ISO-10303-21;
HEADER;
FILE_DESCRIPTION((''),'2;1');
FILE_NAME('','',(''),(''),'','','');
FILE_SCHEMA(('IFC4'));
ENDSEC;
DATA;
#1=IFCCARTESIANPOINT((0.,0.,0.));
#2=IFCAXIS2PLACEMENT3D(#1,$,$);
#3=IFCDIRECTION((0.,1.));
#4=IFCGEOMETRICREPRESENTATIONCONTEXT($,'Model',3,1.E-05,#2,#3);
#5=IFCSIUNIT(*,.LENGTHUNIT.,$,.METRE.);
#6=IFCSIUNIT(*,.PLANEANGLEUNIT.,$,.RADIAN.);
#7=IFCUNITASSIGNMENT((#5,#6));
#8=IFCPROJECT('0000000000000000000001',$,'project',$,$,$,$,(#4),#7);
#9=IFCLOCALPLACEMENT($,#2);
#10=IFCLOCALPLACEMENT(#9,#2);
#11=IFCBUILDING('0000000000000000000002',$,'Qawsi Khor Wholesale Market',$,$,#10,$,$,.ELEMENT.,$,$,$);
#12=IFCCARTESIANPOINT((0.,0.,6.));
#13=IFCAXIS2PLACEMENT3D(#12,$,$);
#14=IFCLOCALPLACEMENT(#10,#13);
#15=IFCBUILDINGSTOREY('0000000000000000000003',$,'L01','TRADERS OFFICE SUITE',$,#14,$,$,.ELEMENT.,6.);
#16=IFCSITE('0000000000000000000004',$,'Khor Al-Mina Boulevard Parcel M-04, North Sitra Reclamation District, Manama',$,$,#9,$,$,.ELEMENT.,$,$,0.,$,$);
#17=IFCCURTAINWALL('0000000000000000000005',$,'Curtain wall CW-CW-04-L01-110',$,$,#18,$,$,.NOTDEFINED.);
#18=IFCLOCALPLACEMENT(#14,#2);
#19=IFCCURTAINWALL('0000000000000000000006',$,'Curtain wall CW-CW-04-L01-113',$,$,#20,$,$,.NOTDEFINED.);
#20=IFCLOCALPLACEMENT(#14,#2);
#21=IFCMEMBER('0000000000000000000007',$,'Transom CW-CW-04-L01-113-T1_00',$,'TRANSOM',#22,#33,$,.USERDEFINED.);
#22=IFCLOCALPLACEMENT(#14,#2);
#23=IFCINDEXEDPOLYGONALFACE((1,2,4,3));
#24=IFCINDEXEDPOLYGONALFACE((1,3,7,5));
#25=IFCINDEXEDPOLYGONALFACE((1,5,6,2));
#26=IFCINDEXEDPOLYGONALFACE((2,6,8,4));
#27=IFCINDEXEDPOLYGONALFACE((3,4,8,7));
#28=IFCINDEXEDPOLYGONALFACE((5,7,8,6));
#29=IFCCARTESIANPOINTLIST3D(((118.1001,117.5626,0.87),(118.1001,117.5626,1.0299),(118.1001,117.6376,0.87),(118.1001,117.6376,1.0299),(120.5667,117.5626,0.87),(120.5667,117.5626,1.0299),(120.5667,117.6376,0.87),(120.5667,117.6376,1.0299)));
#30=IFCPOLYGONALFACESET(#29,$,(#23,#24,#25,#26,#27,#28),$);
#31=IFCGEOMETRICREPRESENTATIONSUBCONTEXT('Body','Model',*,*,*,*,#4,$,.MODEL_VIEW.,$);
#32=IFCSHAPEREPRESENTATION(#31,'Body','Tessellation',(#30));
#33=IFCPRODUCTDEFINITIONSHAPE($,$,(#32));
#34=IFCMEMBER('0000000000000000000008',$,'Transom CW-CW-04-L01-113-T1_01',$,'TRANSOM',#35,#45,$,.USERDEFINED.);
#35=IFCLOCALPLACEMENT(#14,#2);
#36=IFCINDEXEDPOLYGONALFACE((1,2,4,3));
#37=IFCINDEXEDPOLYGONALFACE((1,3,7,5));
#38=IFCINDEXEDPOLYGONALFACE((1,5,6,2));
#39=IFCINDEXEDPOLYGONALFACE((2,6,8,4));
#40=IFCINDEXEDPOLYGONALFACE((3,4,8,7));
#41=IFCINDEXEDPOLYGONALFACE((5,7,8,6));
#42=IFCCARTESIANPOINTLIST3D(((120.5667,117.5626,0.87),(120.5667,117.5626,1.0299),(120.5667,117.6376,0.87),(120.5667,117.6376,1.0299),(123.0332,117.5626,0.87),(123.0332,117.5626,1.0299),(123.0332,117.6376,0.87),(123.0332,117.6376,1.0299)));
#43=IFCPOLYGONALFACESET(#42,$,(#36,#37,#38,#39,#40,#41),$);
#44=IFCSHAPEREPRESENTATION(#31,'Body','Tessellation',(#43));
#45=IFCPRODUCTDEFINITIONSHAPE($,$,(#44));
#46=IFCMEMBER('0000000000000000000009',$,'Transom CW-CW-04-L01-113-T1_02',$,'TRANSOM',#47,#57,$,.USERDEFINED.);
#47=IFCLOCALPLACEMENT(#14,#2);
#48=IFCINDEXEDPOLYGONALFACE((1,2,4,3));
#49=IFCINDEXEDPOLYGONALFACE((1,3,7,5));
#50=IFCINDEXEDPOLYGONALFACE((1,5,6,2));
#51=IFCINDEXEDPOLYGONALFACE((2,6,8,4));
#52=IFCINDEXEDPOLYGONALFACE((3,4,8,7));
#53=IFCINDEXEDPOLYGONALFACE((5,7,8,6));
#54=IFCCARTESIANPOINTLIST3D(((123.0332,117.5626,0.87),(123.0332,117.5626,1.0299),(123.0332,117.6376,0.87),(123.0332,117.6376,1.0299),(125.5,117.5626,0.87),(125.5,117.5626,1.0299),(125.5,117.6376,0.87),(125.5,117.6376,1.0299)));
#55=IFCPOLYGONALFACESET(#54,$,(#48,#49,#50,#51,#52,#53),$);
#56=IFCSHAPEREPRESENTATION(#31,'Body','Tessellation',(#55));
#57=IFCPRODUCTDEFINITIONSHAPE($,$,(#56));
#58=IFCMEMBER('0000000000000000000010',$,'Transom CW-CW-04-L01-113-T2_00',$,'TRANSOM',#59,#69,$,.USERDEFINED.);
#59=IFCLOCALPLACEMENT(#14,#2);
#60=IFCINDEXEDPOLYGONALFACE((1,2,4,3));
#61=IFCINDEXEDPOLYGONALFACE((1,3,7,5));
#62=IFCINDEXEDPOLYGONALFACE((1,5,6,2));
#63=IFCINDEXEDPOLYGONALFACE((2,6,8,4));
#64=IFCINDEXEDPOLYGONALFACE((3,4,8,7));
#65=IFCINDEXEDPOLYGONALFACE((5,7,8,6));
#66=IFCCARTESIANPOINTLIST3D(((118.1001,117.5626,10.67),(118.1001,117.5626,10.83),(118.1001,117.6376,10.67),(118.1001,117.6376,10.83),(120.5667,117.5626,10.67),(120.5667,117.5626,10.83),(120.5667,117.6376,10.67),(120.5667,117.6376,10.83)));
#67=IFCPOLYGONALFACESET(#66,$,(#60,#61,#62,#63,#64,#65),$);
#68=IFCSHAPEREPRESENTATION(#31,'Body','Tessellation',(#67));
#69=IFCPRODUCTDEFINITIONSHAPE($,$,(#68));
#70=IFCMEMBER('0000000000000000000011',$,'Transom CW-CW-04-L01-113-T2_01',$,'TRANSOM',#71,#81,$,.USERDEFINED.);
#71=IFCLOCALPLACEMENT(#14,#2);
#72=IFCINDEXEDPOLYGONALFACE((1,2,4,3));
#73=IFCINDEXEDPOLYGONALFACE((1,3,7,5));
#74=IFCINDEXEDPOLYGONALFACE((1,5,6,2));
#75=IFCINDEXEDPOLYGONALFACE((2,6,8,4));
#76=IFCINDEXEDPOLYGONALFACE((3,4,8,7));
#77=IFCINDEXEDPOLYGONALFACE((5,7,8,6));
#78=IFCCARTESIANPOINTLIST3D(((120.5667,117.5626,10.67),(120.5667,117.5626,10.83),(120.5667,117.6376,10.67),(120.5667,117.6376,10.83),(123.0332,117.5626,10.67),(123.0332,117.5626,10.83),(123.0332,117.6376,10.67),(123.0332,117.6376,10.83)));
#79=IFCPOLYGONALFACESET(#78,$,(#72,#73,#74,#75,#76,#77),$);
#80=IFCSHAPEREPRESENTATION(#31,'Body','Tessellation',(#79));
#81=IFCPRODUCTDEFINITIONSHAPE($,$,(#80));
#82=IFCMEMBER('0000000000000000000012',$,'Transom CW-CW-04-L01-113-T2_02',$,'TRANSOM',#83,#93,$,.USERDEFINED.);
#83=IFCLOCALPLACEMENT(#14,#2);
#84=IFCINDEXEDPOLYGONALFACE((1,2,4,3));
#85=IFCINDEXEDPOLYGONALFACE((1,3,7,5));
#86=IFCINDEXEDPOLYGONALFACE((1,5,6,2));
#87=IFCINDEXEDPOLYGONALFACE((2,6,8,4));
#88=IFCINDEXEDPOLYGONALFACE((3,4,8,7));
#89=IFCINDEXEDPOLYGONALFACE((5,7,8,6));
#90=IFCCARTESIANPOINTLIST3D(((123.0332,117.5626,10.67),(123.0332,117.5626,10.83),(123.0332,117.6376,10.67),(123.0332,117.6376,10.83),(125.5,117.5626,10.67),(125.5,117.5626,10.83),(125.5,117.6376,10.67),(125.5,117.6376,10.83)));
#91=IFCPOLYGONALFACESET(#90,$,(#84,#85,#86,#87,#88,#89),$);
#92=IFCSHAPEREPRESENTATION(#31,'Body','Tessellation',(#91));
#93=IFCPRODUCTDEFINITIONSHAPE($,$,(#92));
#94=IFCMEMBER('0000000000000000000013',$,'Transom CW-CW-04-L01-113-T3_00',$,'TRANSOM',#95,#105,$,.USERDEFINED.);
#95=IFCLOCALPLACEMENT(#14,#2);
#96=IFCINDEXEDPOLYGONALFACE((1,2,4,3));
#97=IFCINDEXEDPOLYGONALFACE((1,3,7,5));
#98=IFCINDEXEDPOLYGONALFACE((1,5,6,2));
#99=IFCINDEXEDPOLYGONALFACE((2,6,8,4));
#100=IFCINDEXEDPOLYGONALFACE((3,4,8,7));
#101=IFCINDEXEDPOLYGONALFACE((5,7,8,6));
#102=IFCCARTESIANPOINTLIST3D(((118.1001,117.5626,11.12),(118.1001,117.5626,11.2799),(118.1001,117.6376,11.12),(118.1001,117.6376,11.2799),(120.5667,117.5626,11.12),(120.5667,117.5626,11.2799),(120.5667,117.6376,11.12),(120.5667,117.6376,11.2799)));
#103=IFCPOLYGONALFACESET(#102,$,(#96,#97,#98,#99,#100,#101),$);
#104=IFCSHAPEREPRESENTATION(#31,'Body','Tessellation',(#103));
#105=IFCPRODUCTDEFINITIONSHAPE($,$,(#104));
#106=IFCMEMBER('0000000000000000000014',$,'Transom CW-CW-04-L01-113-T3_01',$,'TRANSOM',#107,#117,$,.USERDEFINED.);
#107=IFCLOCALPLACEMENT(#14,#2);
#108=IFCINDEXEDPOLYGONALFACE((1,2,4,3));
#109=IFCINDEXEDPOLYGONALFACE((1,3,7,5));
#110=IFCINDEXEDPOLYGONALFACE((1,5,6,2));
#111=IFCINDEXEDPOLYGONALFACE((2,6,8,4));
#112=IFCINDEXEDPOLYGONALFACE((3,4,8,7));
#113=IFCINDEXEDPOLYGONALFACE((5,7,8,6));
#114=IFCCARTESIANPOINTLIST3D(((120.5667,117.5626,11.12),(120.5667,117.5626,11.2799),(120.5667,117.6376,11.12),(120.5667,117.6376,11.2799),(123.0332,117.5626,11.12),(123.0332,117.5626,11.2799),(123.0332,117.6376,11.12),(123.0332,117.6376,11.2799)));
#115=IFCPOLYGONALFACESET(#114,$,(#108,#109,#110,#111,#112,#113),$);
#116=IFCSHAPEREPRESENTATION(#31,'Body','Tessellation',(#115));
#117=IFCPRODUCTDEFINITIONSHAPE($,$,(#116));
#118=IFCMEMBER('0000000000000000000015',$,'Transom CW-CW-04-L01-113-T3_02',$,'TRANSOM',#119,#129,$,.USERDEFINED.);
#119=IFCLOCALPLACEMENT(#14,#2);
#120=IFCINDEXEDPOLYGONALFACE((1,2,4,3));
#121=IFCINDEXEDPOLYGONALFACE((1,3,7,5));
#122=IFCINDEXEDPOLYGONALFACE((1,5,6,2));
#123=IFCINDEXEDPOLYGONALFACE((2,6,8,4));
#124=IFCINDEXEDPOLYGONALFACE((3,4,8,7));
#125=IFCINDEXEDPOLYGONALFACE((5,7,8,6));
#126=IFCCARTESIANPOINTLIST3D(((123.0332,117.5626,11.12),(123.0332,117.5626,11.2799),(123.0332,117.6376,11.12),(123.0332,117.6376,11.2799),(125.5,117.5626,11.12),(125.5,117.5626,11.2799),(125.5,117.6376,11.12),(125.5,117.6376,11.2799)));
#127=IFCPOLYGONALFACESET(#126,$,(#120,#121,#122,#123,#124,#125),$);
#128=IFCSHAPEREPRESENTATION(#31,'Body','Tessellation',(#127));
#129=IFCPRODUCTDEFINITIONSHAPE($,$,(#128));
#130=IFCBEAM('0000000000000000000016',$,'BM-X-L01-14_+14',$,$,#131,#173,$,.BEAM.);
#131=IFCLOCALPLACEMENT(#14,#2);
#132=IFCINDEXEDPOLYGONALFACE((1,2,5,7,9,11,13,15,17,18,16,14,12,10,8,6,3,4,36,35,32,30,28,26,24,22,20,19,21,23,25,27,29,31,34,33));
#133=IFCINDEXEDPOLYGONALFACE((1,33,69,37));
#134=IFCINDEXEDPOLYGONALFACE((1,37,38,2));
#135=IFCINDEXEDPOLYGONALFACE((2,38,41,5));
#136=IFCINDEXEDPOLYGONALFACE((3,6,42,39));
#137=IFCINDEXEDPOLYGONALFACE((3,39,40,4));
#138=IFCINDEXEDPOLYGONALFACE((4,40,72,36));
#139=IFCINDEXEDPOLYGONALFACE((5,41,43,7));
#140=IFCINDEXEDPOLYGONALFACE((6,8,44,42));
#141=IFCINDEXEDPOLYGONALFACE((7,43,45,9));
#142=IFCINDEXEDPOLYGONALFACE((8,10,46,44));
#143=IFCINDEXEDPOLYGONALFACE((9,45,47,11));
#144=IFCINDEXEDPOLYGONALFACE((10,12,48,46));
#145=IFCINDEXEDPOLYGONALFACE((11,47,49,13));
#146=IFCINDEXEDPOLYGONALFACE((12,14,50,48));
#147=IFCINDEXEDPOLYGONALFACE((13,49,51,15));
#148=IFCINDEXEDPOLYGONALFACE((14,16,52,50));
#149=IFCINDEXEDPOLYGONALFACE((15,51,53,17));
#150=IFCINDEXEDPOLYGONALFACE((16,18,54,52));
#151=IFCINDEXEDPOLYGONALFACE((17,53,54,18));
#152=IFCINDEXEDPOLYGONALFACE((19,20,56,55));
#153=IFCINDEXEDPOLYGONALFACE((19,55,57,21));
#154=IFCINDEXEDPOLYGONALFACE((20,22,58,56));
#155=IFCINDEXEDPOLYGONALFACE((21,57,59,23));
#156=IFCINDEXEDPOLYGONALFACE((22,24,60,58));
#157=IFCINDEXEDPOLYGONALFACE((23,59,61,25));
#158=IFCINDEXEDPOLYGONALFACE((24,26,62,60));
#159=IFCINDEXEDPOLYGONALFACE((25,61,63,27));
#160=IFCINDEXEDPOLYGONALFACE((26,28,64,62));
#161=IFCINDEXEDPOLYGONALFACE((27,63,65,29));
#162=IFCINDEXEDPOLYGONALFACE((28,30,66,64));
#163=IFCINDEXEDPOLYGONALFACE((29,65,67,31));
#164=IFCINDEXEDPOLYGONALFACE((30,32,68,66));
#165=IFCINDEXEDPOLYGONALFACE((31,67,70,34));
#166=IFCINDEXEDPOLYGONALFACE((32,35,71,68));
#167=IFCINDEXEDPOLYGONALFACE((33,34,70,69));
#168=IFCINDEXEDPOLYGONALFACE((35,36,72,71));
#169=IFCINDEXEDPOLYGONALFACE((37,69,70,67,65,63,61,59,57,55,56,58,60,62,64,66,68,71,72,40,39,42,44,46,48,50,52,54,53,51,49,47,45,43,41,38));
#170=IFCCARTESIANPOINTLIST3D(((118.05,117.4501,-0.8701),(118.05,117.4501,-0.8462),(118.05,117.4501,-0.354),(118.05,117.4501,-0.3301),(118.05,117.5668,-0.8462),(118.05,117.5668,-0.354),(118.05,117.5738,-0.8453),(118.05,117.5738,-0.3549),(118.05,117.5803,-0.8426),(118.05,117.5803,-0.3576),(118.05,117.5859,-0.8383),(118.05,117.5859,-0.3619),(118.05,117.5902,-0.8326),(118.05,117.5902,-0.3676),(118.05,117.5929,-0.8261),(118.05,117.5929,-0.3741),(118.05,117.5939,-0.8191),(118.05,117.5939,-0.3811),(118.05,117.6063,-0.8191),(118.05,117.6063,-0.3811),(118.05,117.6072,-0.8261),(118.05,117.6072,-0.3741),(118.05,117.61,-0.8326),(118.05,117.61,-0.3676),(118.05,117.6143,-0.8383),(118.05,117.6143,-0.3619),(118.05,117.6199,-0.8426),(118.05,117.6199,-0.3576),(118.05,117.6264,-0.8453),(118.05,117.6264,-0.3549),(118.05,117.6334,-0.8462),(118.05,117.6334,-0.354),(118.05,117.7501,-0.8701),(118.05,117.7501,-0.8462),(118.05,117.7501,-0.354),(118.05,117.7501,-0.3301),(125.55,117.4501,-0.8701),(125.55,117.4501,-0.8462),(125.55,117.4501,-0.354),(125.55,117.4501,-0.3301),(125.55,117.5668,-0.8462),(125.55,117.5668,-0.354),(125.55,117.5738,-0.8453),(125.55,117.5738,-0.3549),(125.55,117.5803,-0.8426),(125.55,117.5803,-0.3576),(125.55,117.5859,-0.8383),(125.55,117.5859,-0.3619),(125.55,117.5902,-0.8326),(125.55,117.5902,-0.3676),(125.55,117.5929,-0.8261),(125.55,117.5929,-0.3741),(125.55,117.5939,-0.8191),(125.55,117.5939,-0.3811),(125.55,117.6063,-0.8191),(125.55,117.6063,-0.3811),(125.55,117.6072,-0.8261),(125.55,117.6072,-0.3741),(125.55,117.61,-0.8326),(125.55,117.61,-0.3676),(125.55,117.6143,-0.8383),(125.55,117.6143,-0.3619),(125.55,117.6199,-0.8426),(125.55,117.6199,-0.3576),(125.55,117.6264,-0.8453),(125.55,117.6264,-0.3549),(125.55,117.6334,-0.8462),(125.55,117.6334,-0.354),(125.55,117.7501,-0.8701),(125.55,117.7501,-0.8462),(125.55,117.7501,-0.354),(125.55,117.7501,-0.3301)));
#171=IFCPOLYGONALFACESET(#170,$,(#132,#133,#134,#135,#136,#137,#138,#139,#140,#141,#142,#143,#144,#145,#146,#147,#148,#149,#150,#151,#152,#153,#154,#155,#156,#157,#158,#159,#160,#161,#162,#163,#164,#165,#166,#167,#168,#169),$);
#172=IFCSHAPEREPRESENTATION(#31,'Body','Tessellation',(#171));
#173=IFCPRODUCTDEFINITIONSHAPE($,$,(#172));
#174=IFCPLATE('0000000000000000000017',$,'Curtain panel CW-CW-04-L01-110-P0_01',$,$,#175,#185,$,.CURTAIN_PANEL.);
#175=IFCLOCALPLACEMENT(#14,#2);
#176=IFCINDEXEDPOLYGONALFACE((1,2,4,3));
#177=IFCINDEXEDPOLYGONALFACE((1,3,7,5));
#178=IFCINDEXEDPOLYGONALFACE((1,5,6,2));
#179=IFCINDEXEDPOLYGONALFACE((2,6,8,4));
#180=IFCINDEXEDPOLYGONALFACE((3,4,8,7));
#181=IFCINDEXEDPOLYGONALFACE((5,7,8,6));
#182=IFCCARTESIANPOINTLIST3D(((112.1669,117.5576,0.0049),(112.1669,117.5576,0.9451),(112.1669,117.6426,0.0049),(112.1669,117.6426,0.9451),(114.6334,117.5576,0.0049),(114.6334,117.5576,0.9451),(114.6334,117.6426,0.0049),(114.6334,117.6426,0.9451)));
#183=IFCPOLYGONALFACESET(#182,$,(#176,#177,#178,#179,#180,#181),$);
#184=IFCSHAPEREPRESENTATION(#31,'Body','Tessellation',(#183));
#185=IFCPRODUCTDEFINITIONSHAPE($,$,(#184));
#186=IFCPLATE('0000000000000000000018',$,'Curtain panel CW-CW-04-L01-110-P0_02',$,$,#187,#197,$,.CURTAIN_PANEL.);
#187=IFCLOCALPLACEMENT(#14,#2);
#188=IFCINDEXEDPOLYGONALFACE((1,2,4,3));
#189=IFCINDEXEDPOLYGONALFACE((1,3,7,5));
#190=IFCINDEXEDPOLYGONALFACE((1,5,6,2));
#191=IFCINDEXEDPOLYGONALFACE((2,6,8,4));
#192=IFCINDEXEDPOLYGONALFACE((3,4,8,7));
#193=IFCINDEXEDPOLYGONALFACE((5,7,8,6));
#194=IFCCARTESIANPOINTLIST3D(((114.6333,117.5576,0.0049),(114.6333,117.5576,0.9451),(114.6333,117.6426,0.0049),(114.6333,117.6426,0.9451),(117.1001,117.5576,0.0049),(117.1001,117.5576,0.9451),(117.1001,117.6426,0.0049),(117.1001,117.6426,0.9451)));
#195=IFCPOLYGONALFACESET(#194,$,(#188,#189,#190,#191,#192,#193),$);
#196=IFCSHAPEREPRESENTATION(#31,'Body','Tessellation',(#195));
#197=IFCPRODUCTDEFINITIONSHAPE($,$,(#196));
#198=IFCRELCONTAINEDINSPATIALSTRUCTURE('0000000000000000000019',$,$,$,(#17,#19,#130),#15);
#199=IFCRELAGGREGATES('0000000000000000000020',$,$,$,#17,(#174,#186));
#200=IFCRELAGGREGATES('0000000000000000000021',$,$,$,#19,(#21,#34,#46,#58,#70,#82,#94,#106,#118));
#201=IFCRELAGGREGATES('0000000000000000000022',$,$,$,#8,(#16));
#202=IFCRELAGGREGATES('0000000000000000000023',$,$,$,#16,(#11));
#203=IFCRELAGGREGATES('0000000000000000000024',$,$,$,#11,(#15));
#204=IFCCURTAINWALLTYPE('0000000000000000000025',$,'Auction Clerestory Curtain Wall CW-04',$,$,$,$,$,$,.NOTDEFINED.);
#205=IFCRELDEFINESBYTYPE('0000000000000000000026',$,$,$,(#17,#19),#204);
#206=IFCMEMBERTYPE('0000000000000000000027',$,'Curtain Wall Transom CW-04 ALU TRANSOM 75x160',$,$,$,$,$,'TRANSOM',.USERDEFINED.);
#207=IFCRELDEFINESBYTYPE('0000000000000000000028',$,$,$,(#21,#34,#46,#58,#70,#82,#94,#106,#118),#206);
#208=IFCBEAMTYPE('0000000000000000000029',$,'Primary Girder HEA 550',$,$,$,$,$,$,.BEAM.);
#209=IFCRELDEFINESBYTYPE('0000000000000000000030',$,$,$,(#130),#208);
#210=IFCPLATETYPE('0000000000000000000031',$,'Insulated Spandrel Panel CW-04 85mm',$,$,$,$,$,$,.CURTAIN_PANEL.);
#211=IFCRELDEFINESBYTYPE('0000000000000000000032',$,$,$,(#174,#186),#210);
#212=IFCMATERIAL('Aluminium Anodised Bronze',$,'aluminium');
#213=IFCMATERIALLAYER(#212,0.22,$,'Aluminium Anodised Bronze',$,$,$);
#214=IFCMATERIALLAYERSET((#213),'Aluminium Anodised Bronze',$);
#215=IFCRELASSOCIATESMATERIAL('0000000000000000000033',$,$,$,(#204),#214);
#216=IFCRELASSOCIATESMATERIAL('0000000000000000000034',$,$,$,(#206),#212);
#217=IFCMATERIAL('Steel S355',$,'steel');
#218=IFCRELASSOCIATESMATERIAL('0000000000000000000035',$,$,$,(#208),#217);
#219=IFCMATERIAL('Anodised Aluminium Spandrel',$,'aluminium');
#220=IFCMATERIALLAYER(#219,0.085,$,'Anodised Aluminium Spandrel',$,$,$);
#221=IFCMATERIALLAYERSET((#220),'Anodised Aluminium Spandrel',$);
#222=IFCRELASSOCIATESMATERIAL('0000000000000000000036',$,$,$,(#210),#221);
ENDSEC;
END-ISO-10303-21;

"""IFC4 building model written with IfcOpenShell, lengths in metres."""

from ifc_helpers import new_model, si_unit, direction, frame, frame_2d, origin, origin_2d, place, context, subcontext, project, spatial, rectangle, i_section, extrude, material, layer, layer_set, material_profile, profile_set, type_object, element, aggregate, save


model = new_model("IFC4")

# Units and contexts
model_context = context("Model", 3, precision=1e-05, world=origin(), true_north=direction((0.0, 1.0)))
body_context = subcontext(model_context, "Body", "Model", "MODEL_VIEW")
ifc_project = project(units=[si_unit("LENGTHUNIT", "METRE"), si_unit("PLANEANGLEUNIT", "RADIAN")], contexts=[model_context])

# Site, building, storey
site_placement = place(None, origin())
site = spatial("IfcSite", under=ifc_project, at=site_placement, Name="Khor Al-Mina Boulevard Parcel M-04, North Sitra Reclamation District, Manama", CompositionType="ELEMENT", RefElevation=0.0)
building_placement = place(site_placement, origin())
building = spatial("IfcBuilding", under=site, at=building_placement, Name="Qawsi Khor Wholesale Market", CompositionType="ELEMENT")
storey_placement = place(building_placement, frame((0.0, 0.0, 6.0)))
storey = spatial("IfcBuildingStorey", under=building, at=storey_placement, Name="L01", Description="TRADERS OFFICE SUITE", CompositionType="ELEMENT", Elevation=6.0)

# Curtain walls
ifc_material_1 = material(Name="Aluminium Anodised Bronze", Category="aluminium")
ifc_layer_1 = layer(ifc_material_1, 0.22, Name="Aluminium Anodised Bronze")
ifc_layer_set_1 = layer_set([ifc_layer_1], Name="Aluminium Anodised Bronze")
curtain_wall_type = type_object("IfcCurtainWallType", Name="Auction Clerestory Curtain Wall CW-04", PredefinedType="NOTDEFINED", material=ifc_layer_set_1)
curtain_wall_1_placement = place(storey_placement, origin())
curtain_wall_1 = element("IfcCurtainWall", 1, at=curtain_wall_1_placement, inside=storey, type_object=curtain_wall_type, Name="Curtain wall CW-CW-04-L01-110", PredefinedType="NOTDEFINED")
curtain_wall_2_placement = place(storey_placement, origin())
curtain_wall_2 = element("IfcCurtainWall", 2, at=curtain_wall_2_placement, inside=storey, type_object=curtain_wall_type, Name="Curtain wall CW-CW-04-L01-113", PredefinedType="NOTDEFINED")

# Members
ifc_material_profile_1 = material_profile(ifc_material_1, rectangle(XDim=0.075, YDim=0.1599, at=origin_2d()), Name="ALU TRANSOM 75x160")
ifc_profile_set_1 = profile_set([ifc_material_profile_1], Name="Aluminium Anodised Bronze")
member_type_1 = type_object("IfcMemberType", Name="Curtain Wall Transom CW-04 ALU TRANSOM 75x160", ElementType="TRANSOM", PredefinedType="USERDEFINED", material=ifc_profile_set_1)
member_1_placement = place(storey_placement, frame((118.1001, 117.6001, 0.95), z_axis=(1.0, 0.0, 0.0), x_axis=(0.0, 1.0, 0.0)))
member_1 = element("IfcMember", 3, at=member_1_placement, type_object=member_type_1, Name="Transom CW-CW-04-L01-113-T1_00", ObjectType="TRANSOM", PredefinedType="USERDEFINED", context=body_context, shape_type="SweptSolid", body=[
    extrude(rectangle(XDim=0.075, YDim=0.1599, at=origin_2d()), origin(), (0.0, 0.0, 1.0), 2.4666),
])
member_2_placement = place(storey_placement, frame((120.5667, 117.6001, 0.95), z_axis=(1.0, 0.0, 0.0), x_axis=(0.0, 1.0, 0.0)))
member_2 = element("IfcMember", 4, at=member_2_placement, type_object=member_type_1, Name="Transom CW-CW-04-L01-113-T1_01", ObjectType="TRANSOM", PredefinedType="USERDEFINED", context=body_context, shape_type="SweptSolid", body=[
    extrude(rectangle(XDim=0.075, YDim=0.1599, at=origin_2d()), origin(), (0.0, 0.0, 1.0), 2.4666),
])
member_3_placement = place(storey_placement, frame((123.0332, 117.6001, 0.95), z_axis=(1.0, 0.0, 0.0), x_axis=(0.0, 1.0, 0.0)))
member_3 = element("IfcMember", 5, at=member_3_placement, type_object=member_type_1, Name="Transom CW-CW-04-L01-113-T1_02", ObjectType="TRANSOM", PredefinedType="USERDEFINED", context=body_context, shape_type="SweptSolid", body=[
    extrude(rectangle(XDim=0.075, YDim=0.1599, at=origin_2d()), origin(), (0.0, 0.0, 1.0), 2.4668),
])
member_4_placement = place(storey_placement, frame((118.1001, 117.6001, 10.75), z_axis=(1.0, 0.0, 0.0), x_axis=(0.0, 1.0, 0.0)))
member_4 = element("IfcMember", 6, at=member_4_placement, type_object=member_type_1, Name="Transom CW-CW-04-L01-113-T2_00", ObjectType="TRANSOM", PredefinedType="USERDEFINED", context=body_context, shape_type="SweptSolid", body=[
    extrude(rectangle(XDim=0.075, YDim=0.1599, at=origin_2d()), origin(), (0.0, 0.0, 1.0), 2.4666),
])
member_5_placement = place(storey_placement, frame((120.5667, 117.6001, 10.75), z_axis=(1.0, 0.0, 0.0), x_axis=(0.0, 1.0, 0.0)))
member_5 = element("IfcMember", 7, at=member_5_placement, type_object=member_type_1, Name="Transom CW-CW-04-L01-113-T2_01", ObjectType="TRANSOM", PredefinedType="USERDEFINED", context=body_context, shape_type="SweptSolid", body=[
    extrude(rectangle(XDim=0.075, YDim=0.1599, at=origin_2d()), origin(), (0.0, 0.0, 1.0), 2.4666),
])
member_6_placement = place(storey_placement, frame((123.0332, 117.6001, 10.75), z_axis=(1.0, 0.0, 0.0), x_axis=(0.0, 1.0, 0.0)))
member_6 = element("IfcMember", 8, at=member_6_placement, type_object=member_type_1, Name="Transom CW-CW-04-L01-113-T2_02", ObjectType="TRANSOM", PredefinedType="USERDEFINED", context=body_context, shape_type="SweptSolid", body=[
    extrude(rectangle(XDim=0.075, YDim=0.1599, at=origin_2d()), origin(), (0.0, 0.0, 1.0), 2.4668),
])
member_7_placement = place(storey_placement, frame((118.1001, 117.6001, 11.2), z_axis=(1.0, 0.0, 0.0), x_axis=(0.0, 1.0, 0.0)))
member_7 = element("IfcMember", 9, at=member_7_placement, type_object=member_type_1, Name="Transom CW-CW-04-L01-113-T3_00", ObjectType="TRANSOM", PredefinedType="USERDEFINED", context=body_context, shape_type="SweptSolid", body=[
    extrude(rectangle(XDim=0.075, YDim=0.1599, at=origin_2d()), origin(), (0.0, 0.0, 1.0), 2.4666),
])
member_8_placement = place(storey_placement, frame((120.5667, 117.6001, 11.2), z_axis=(1.0, 0.0, 0.0), x_axis=(0.0, 1.0, 0.0)))
member_8 = element("IfcMember", 10, at=member_8_placement, type_object=member_type_1, Name="Transom CW-CW-04-L01-113-T3_01", ObjectType="TRANSOM", PredefinedType="USERDEFINED", context=body_context, shape_type="SweptSolid", body=[
    extrude(rectangle(XDim=0.075, YDim=0.1599, at=origin_2d()), origin(), (0.0, 0.0, 1.0), 2.4666),
])
member_9_placement = place(storey_placement, frame((123.0332, 117.6001, 11.2), z_axis=(1.0, 0.0, 0.0), x_axis=(0.0, 1.0, 0.0)))
member_9 = element("IfcMember", 11, at=member_9_placement, type_object=member_type_1, Name="Transom CW-CW-04-L01-113-T3_02", ObjectType="TRANSOM", PredefinedType="USERDEFINED", context=body_context, shape_type="SweptSolid", body=[
    extrude(rectangle(XDim=0.075, YDim=0.1599, at=origin_2d()), origin(), (0.0, 0.0, 1.0), 2.4668),
])

# Beam
ifc_material_2 = material(Name="Steel S355", Category="steel")
ifc_material_profile_2 = material_profile(ifc_material_2, i_section(OverallWidth=0.3, OverallDepth=0.54, WebThickness=0.0125, FlangeThickness=0.0239, FilletRadius=0.0271, at=origin_2d()), Name="HEA 550")
ifc_profile_set_2 = profile_set([ifc_material_profile_2], Name="Steel S355")
beam_type = type_object("IfcBeamType", Name="Primary Girder HEA 550", PredefinedType="BEAM", material=ifc_profile_set_2)
beam_placement = place(storey_placement, frame((118.05, 117.6001, -0.6001), z_axis=(1.0, 0.0, 0.0), x_axis=(0.0, 1.0, 0.0)))
element("IfcBeam", 12, at=beam_placement, inside=storey, type_object=beam_type, Name="BM-X-L01-14_+14", PredefinedType="BEAM", context=body_context, shape_type="SweptSolid", body=[
    extrude(i_section(OverallWidth=0.3, OverallDepth=0.54, WebThickness=0.0125, FlangeThickness=0.0239, FilletRadius=0.0271, at=origin_2d()), origin(), (0.0, 0.0, 1.0), 7.5),
])

# Plates
ifc_material_3 = material(Name="Anodised Aluminium Spandrel", Category="aluminium")
ifc_layer_2 = layer(ifc_material_3, 0.085, Name="Anodised Aluminium Spandrel")
ifc_layer_set_2 = layer_set([ifc_layer_2], Name="Anodised Aluminium Spandrel")
plate_type_1 = type_object("IfcPlateType", Name="Insulated Spandrel Panel CW-04 85mm", PredefinedType="CURTAIN_PANEL", material=ifc_layer_set_2)
plate_1_placement = place(storey_placement, frame((112.1667, 117.6001, 0.0049), z_axis=(0.0, 0.0, 1.0), x_axis=(1.0, 0.0, 0.0)))
plate_1 = element("IfcPlate", 13, at=plate_1_placement, type_object=plate_type_1, Name="Curtain panel CW-CW-04-L01-110-P0_01", PredefinedType="CURTAIN_PANEL", context=body_context, shape_type="SweptSolid", body=[
    extrude(rectangle(XDim=2.4666, YDim=0.085, at=frame_2d((1.2334, 0.0))), origin(), (0.0, 0.0, 1.0), 0.9402),
])
plate_2_placement = place(storey_placement, frame((114.6333, 117.6001, 0.0049), z_axis=(0.0, 0.0, 1.0), x_axis=(1.0, 0.0, 0.0)))
plate_2 = element("IfcPlate", 14, at=plate_2_placement, type_object=plate_type_1, Name="Curtain panel CW-CW-04-L01-110-P0_02", PredefinedType="CURTAIN_PANEL", context=body_context, shape_type="SweptSolid", body=[
    extrude(rectangle(XDim=2.4668, YDim=0.085, at=frame_2d((1.2334, 0.0))), origin(), (0.0, 0.0, 1.0), 0.9402),
])
aggregate(curtain_wall_1, [plate_1, plate_2])
aggregate(curtain_wall_2, [member_1, member_2, member_3, member_4, member_5, member_6, member_7, member_8, member_9])

save(model, "model.ifc")
